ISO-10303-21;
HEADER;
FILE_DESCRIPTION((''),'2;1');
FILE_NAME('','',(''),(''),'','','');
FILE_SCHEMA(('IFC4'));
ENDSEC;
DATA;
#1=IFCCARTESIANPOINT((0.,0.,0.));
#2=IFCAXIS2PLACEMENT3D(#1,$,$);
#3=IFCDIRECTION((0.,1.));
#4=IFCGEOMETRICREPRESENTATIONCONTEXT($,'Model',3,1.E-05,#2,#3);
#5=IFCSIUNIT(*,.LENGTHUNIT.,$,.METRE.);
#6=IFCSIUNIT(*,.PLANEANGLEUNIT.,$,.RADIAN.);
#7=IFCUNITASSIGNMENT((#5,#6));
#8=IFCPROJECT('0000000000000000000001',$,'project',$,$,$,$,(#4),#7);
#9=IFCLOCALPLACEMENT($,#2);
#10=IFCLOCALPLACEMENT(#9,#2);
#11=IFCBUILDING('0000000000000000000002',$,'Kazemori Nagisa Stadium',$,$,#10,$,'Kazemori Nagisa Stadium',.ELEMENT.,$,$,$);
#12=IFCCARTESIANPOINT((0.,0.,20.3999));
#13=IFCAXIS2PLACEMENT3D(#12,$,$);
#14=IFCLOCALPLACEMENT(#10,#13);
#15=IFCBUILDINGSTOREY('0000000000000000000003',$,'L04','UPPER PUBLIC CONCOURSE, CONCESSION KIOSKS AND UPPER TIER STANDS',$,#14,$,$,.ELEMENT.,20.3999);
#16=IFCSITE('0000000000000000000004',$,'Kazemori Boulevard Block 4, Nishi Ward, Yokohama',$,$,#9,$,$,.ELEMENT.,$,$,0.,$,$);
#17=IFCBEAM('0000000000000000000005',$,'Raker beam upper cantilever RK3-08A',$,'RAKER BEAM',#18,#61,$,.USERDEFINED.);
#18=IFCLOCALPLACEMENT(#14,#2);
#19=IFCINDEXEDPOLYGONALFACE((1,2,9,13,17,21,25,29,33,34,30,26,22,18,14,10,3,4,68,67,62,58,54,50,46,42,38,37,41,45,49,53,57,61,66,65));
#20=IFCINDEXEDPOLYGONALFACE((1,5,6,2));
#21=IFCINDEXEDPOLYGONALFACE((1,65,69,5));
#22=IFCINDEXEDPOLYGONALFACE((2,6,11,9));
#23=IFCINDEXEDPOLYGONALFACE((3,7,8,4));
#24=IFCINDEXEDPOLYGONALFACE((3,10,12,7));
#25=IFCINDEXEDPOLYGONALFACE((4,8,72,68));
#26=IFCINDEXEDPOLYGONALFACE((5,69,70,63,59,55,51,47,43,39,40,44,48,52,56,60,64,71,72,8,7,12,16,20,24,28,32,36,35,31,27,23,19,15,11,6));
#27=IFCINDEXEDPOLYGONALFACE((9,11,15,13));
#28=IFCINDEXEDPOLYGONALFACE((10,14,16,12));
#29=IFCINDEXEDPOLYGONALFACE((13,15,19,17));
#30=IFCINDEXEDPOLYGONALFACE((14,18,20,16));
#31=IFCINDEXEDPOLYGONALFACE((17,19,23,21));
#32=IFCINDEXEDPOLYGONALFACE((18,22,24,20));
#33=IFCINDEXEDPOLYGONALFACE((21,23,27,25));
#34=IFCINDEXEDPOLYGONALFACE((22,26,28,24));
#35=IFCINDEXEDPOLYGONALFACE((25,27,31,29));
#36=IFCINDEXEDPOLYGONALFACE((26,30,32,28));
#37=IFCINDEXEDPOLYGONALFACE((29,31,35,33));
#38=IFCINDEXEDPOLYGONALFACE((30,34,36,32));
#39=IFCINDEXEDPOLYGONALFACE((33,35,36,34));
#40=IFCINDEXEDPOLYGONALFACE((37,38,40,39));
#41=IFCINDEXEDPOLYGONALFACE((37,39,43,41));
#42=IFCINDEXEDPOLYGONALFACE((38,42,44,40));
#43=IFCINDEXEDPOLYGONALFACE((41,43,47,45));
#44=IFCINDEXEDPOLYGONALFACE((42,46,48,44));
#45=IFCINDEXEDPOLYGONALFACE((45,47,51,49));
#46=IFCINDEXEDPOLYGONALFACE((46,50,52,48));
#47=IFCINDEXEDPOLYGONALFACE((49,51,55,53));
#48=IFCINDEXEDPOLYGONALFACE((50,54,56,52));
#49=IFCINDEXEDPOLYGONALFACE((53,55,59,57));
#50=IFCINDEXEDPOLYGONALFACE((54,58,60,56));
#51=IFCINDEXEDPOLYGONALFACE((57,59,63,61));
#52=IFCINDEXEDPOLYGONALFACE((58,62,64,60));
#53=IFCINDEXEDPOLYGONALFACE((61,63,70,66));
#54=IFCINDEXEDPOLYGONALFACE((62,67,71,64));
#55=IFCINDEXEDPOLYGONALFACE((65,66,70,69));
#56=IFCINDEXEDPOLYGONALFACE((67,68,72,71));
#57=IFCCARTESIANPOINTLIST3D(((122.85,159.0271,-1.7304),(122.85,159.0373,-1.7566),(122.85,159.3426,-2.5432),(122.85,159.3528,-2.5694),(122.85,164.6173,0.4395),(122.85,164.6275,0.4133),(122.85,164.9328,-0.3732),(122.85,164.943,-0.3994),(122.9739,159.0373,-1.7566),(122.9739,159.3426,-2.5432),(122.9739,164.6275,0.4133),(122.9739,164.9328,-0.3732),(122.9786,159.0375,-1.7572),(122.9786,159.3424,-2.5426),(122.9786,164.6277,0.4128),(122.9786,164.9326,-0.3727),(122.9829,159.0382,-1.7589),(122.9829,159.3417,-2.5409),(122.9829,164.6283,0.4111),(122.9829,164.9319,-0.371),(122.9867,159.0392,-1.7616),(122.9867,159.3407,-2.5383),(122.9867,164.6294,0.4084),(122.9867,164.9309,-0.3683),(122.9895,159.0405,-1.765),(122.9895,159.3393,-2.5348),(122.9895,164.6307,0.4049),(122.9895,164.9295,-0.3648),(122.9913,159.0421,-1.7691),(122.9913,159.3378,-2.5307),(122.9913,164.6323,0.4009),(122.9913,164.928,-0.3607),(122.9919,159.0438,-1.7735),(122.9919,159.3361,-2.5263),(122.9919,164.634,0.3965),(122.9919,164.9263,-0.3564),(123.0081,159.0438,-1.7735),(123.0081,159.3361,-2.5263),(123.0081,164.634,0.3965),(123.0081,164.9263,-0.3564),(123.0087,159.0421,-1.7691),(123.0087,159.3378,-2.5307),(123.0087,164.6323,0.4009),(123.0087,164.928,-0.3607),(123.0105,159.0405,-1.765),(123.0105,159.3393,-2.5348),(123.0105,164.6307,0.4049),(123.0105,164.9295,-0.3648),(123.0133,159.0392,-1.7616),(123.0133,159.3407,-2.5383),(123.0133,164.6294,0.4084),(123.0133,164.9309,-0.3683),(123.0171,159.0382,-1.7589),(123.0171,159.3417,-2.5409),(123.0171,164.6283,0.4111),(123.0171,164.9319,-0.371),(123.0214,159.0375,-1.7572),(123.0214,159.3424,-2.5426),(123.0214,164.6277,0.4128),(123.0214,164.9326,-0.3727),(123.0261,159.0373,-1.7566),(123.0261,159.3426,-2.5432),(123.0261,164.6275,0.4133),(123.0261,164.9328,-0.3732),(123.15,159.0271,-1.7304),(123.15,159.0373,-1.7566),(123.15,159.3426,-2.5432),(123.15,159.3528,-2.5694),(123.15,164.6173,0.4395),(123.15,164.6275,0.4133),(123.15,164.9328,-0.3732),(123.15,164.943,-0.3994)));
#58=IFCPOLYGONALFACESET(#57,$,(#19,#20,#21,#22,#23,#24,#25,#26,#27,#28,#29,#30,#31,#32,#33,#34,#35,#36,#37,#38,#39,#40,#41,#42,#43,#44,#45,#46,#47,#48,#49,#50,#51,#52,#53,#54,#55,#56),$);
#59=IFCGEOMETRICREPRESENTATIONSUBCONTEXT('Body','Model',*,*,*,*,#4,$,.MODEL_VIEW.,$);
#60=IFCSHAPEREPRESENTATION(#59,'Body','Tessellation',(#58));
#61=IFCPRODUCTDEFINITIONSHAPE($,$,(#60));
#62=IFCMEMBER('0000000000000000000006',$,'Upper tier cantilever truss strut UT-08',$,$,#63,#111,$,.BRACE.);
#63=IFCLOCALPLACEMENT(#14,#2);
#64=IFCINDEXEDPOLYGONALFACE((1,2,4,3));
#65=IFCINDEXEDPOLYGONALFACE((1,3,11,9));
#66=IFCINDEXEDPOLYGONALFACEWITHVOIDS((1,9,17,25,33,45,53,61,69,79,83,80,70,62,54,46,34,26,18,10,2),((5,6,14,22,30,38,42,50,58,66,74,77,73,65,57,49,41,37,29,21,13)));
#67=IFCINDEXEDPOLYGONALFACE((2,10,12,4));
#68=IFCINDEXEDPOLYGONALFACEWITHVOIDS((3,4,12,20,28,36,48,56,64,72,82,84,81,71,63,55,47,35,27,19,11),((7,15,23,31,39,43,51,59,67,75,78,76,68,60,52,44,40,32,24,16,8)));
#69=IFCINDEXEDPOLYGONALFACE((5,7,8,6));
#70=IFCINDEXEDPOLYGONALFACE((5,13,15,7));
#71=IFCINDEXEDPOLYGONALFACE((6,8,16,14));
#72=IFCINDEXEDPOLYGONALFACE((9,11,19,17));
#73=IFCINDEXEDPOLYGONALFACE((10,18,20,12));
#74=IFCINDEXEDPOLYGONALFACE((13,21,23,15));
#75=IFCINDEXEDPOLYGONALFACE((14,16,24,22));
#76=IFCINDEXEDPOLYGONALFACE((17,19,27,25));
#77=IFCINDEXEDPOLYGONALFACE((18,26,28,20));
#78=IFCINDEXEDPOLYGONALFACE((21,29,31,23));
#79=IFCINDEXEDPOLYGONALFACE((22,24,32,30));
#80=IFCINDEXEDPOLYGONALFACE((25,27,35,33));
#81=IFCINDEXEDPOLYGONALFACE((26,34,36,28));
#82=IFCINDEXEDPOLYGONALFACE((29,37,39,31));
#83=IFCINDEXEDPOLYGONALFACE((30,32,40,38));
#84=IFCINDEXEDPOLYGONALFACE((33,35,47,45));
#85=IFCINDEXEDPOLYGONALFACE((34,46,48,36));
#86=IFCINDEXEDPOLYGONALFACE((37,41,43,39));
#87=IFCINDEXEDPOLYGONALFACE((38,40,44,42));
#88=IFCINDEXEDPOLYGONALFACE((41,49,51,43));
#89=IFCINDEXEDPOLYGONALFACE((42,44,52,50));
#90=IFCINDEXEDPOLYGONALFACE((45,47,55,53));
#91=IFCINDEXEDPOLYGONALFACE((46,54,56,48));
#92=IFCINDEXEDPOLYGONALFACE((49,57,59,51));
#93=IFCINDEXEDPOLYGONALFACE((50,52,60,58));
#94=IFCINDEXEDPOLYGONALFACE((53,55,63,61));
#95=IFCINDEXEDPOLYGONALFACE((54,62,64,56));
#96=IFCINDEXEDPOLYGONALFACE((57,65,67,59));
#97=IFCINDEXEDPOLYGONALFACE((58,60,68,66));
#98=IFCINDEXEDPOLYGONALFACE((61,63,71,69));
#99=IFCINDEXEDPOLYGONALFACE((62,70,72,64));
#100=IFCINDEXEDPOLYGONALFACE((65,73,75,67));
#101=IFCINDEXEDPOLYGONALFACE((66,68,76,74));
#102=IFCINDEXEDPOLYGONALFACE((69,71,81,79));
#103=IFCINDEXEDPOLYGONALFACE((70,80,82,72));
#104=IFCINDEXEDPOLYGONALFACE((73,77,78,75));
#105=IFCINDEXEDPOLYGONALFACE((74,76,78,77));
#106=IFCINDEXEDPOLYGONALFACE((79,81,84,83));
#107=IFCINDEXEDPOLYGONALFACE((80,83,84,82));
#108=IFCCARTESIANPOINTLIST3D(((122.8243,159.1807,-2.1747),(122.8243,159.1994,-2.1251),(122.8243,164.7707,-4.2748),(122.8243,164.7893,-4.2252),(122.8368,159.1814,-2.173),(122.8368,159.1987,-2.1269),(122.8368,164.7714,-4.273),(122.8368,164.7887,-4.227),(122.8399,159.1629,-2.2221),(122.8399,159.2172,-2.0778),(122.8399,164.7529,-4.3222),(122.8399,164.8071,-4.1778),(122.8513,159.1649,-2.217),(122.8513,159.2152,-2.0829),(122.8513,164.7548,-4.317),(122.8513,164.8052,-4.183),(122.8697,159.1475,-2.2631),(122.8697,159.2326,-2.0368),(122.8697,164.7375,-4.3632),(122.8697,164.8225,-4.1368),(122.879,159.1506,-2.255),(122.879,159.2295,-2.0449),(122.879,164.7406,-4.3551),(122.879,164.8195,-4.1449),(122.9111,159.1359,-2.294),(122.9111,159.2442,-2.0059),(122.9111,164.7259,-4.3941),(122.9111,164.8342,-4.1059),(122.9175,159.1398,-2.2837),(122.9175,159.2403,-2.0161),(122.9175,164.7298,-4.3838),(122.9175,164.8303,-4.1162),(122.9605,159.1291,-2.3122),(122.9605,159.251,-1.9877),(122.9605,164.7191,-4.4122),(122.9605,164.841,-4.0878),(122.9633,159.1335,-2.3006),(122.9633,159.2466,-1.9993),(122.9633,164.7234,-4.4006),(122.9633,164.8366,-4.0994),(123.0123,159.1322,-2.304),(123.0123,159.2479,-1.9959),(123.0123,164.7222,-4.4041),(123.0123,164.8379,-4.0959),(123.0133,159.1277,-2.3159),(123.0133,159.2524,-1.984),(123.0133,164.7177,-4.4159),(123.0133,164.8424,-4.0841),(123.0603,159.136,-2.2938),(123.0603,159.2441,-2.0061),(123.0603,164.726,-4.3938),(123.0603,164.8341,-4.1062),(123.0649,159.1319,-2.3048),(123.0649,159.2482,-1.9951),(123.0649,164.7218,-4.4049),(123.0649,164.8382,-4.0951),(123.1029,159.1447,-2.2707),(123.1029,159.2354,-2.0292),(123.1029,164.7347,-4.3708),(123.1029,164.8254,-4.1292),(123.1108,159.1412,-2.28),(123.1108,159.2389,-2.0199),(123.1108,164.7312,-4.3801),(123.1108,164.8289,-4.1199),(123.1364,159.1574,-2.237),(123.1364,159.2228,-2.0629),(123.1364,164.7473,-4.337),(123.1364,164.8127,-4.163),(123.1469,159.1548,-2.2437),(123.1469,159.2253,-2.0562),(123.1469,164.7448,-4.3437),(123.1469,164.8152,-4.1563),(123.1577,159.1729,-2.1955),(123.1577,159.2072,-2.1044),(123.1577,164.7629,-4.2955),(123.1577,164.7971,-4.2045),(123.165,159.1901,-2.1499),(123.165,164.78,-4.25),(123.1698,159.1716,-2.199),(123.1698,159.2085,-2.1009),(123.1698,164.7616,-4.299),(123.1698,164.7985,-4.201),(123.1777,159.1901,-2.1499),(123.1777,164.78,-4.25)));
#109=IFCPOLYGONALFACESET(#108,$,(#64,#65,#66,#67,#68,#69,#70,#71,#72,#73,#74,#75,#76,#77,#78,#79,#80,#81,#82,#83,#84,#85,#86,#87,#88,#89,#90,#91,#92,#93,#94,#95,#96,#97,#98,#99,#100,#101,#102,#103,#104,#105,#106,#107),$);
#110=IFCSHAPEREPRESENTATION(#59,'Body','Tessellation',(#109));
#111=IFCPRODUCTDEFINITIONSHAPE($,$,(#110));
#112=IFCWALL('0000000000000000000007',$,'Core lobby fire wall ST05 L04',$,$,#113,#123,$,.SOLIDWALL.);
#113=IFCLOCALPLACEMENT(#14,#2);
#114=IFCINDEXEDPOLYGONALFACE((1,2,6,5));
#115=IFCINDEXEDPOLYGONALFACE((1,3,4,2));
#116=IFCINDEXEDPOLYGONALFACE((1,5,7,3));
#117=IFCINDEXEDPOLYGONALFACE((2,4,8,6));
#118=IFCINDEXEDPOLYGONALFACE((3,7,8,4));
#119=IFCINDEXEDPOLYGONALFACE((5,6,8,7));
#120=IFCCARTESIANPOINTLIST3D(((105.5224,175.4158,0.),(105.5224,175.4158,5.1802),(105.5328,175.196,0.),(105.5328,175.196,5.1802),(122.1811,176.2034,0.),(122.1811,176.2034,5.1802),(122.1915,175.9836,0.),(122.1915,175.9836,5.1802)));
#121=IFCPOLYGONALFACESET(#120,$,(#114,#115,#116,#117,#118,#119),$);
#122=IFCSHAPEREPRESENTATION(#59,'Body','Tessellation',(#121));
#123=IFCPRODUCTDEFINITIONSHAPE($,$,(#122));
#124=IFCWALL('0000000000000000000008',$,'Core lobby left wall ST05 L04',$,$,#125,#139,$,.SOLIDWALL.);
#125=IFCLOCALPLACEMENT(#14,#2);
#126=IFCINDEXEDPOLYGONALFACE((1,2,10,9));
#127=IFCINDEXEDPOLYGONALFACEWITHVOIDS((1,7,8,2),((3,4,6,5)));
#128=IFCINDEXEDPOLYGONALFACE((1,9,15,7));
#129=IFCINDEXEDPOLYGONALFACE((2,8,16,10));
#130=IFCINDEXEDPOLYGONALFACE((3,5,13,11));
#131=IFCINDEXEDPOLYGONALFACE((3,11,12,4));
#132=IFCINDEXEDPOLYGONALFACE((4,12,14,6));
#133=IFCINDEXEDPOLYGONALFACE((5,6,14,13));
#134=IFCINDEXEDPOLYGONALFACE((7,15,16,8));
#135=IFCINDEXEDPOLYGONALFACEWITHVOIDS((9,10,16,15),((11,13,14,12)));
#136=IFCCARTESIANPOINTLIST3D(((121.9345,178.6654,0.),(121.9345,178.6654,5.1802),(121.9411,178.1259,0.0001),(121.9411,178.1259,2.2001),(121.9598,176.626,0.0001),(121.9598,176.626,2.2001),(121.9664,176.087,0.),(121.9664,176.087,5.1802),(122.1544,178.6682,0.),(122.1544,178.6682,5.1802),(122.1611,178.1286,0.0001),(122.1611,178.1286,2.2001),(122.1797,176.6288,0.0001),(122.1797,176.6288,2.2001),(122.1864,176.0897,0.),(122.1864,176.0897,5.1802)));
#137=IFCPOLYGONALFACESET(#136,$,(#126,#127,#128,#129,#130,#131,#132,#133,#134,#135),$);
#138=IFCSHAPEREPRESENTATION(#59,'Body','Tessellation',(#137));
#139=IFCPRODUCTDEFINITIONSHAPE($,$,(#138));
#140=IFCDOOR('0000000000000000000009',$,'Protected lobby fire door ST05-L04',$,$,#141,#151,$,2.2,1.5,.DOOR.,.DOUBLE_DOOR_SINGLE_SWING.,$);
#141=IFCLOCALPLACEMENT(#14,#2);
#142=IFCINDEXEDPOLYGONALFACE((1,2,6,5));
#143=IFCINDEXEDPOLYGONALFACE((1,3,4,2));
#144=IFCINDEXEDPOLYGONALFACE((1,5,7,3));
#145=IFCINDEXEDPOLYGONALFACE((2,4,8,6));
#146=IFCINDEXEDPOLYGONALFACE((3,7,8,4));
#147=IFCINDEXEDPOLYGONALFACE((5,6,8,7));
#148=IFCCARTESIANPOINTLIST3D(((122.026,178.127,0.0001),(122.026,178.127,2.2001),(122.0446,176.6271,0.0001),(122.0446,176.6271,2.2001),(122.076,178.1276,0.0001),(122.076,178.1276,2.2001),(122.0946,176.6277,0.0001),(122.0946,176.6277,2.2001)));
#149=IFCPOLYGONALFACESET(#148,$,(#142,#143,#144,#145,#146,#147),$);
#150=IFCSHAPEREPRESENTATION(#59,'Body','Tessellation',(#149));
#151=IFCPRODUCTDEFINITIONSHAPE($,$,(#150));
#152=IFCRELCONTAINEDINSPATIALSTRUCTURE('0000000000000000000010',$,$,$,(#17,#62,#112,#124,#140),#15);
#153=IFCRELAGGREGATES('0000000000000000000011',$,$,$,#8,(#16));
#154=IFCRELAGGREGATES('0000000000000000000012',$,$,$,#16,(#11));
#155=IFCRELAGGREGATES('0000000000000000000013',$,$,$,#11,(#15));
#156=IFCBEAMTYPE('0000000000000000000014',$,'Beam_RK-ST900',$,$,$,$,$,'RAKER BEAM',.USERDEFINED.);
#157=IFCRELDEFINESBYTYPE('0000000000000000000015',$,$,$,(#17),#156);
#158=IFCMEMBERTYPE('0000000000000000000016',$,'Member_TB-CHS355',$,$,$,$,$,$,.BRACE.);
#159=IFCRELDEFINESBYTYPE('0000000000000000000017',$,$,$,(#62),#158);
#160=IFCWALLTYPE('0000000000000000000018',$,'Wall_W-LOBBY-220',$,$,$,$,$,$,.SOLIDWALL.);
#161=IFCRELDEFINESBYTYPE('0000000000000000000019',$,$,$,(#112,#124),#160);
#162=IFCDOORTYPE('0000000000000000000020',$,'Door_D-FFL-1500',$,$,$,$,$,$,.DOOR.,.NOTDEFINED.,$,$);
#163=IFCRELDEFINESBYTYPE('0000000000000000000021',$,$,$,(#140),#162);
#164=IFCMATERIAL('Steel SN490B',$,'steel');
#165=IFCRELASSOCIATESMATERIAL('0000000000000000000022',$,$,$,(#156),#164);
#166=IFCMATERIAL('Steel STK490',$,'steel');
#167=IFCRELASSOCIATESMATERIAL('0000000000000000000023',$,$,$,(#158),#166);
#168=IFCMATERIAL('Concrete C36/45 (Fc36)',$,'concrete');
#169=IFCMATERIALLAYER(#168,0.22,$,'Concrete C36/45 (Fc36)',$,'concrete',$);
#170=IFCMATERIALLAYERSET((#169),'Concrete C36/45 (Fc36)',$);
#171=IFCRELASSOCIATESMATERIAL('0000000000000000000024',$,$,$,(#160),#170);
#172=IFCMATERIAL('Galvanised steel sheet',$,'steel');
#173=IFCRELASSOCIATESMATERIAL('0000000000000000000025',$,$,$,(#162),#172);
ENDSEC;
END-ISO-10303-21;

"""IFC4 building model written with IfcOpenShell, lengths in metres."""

from ifc_helpers import new_model, si_unit, direction, frame, frame_2d, origin, origin_2d, place, context, subcontext, project, spatial, rectangle, hollow_circle, i_section, extrude, material, layer, layer_set, material_profile, profile_set, type_object, element, fill, save


model = new_model("IFC4")

# Units and contexts
model_context = context("Model", 3, precision=1e-05, world=origin(), true_north=direction((0.0, 1.0)))
body_context = subcontext(model_context, "Body", "Model", "MODEL_VIEW")
ifc_project = project(units=[si_unit("LENGTHUNIT", "METRE"), si_unit("PLANEANGLEUNIT", "RADIAN")], contexts=[model_context])

# Site, building, storey
site_placement = place(None, origin())
site = spatial("IfcSite", under=ifc_project, at=site_placement, Name="Kazemori Boulevard Block 4, Nishi Ward, Yokohama", CompositionType="ELEMENT", RefElevation=0.0)
building_placement = place(site_placement, origin())
building = spatial("IfcBuilding", under=site, at=building_placement, Name="Kazemori Nagisa Stadium", LongName="Kazemori Nagisa Stadium", CompositionType="ELEMENT")
storey_placement = place(building_placement, frame((0.0, 0.0, 20.3999)))
storey = spatial("IfcBuildingStorey", under=building, at=storey_placement, Name="L04", Description="UPPER PUBLIC CONCOURSE, CONCESSION KIOSKS AND UPPER TIER STANDS", CompositionType="ELEMENT", Elevation=20.3999)

# Beam
ifc_material_1 = material(Name="Steel SN490B", Category="steel")
ifc_material_profile_1 = material_profile(ifc_material_1, i_section(OverallWidth=0.3, OverallDepth=0.8999, WebThickness=0.0161, FlangeThickness=0.0281, FilletRadius=0.0181, at=origin_2d()), Name="H-900x300x16x28")
ifc_profile_set_1 = profile_set([ifc_material_profile_1], Name="Steel SN490B")
beam_type_1 = type_object("IfcBeamType", Name="Beam_RK-ST900", ElementType="RAKER BEAM", PredefinedType="USERDEFINED", material=ifc_profile_set_1)
beam_1_placement = place(storey_placement, frame((123.0, 159.1899, -2.1499), z_axis=(0.0, 0.93223, 0.361867), x_axis=(-1.0, 0.0, 0.0)))
element("IfcBeam", 1, at=beam_1_placement, inside=storey, type_object=beam_type_1, Name="Raker beam upper cantilever RK3-08A", ObjectType="RAKER BEAM", PredefinedType="USERDEFINED", context=body_context, shape_type="SweptSolid", body=[
    extrude(i_section(OverallWidth=0.3, OverallDepth=0.8999, WebThickness=0.0161, FlangeThickness=0.0281, FilletRadius=0.0181, at=origin_2d()), origin(), (0.0, 0.0, 1.0), 5.9966),
])

# Member
ifc_material_2 = material(Name="Steel STK490", Category="steel")
ifc_material_profile_2 = material_profile(ifc_material_2, hollow_circle(Radius=0.1777, WallThickness=0.0127, at=origin_2d()), Name="CHS-355.6x12.7")
ifc_profile_set_2 = profile_set([ifc_material_profile_2], Name="Steel STK490")
member_type = type_object("IfcMemberType", Name="Member_TB-CHS355", PredefinedType="BRACE", material=ifc_profile_set_2)
member_placement = place(storey_placement, frame((123.0, 164.78, -4.25), z_axis=(0.0, -0.936119, 0.351683), x_axis=(1.0, 0.0, 0.0)))
element("IfcMember", 2, at=member_placement, inside=storey, type_object=member_type, Name="Upper tier cantilever truss strut UT-08", PredefinedType="BRACE", context=body_context, shape_type="SweptSolid", body=[
    extrude(hollow_circle(Radius=0.1777, WallThickness=0.0127, at=origin_2d()), origin(), (0.0, 0.0, 1.0), 5.9714),
])

# Wall
ifc_material_3 = material(Name="Concrete C36/45 (Fc36)", Category="concrete")
ifc_layer = layer(ifc_material_3, 0.22, Name="Concrete C36/45 (Fc36)", Category="concrete")
ifc_layer_set = layer_set([ifc_layer], Name="Concrete C36/45 (Fc36)")
wall_type = type_object("IfcWallType", Name="Wall_W-LOBBY-220", PredefinedType="SOLIDWALL", material=ifc_layer_set)
wall_1_placement = place(storey_placement, frame((122.1863, 176.0935, 0.0), z_axis=(0.0, 0.0, 1.0), x_axis=(-0.998884, -0.047226, 0.0)))
element("IfcWall", 3, at=wall_1_placement, inside=storey, type_object=wall_type, Name="Core lobby fire wall ST05 L04", PredefinedType="SOLIDWALL", context=body_context, shape_type="SweptSolid", body=[
    extrude(rectangle(XDim=16.6772, YDim=0.22, at=frame_2d((8.3386, 0.0))), origin(), (0.0, 0.0, 1.0), 5.1802),
])

# Wall, opening, door
wall_2_placement = place(storey_placement, frame((122.0764, 176.0884, 0.0), z_axis=(0.0, 0.0, 1.0), x_axis=(-0.012403, 0.999923, 0.0)))
wall_2 = element("IfcWall", 4, at=wall_2_placement, inside=storey, type_object=wall_type, Name="Core lobby left wall ST05 L04", PredefinedType="SOLIDWALL", context=body_context, shape_type="SweptSolid", body=[
    extrude(rectangle(XDim=2.5786, YDim=0.22, at=frame_2d((1.2893, 0.0))), origin(), (0.0, 0.0, 1.0), 5.1802),
])
opening_placement = place(wall_2_placement, frame((0.5391, 0.0, 0.0)))
opening = element("IfcOpeningElement", 5, at=opening_placement, cuts=wall_2, PredefinedType="OPENING", context=body_context, shape_type="SweptSolid", body=[
    extrude(rectangle(XDim=1.5, YDim=2.2, at=frame_2d((0.75, 1.1001))), frame((0.0, 0.1199, 0.0), z_axis=(0.0, -1.0, 0.0), x_axis=(1.0, 0.0, 0.0)), (0.0, 0.0, 1.0), 0.24),
])
ifc_material_4 = material(Name="Galvanised steel sheet", Category="steel")
door_type = type_object("IfcDoorType", Name="Door_D-FFL-1500", OperationType="NOTDEFINED", PredefinedType="DOOR", material=ifc_material_4)
door_placement = place(opening_placement, frame((1.5, 0.0, 0.0), z_axis=(0.0, 0.0, 1.0), x_axis=(-1.0, 0.0, 0.0)))
door = element("IfcDoor", 6, at=door_placement, inside=storey, type_object=door_type, Name="Protected lobby fire door ST05-L04", OperationType="DOUBLE_DOOR_SINGLE_SWING", OverallHeight=2.2, OverallWidth=1.5, PredefinedType="DOOR", context=body_context, shape_type="SweptSolid", body=[
    extrude(rectangle(XDim=1.5, YDim=2.2, at=frame_2d((0.75, 1.1001))), frame((0.0, 0.0249, 0.0), z_axis=(0.0, -1.0, 0.0), x_axis=(1.0, 0.0, 0.0)), (0.0, 0.0, 1.0), 0.05),
])
fill(opening, door)

save(model, "model.ifc")
